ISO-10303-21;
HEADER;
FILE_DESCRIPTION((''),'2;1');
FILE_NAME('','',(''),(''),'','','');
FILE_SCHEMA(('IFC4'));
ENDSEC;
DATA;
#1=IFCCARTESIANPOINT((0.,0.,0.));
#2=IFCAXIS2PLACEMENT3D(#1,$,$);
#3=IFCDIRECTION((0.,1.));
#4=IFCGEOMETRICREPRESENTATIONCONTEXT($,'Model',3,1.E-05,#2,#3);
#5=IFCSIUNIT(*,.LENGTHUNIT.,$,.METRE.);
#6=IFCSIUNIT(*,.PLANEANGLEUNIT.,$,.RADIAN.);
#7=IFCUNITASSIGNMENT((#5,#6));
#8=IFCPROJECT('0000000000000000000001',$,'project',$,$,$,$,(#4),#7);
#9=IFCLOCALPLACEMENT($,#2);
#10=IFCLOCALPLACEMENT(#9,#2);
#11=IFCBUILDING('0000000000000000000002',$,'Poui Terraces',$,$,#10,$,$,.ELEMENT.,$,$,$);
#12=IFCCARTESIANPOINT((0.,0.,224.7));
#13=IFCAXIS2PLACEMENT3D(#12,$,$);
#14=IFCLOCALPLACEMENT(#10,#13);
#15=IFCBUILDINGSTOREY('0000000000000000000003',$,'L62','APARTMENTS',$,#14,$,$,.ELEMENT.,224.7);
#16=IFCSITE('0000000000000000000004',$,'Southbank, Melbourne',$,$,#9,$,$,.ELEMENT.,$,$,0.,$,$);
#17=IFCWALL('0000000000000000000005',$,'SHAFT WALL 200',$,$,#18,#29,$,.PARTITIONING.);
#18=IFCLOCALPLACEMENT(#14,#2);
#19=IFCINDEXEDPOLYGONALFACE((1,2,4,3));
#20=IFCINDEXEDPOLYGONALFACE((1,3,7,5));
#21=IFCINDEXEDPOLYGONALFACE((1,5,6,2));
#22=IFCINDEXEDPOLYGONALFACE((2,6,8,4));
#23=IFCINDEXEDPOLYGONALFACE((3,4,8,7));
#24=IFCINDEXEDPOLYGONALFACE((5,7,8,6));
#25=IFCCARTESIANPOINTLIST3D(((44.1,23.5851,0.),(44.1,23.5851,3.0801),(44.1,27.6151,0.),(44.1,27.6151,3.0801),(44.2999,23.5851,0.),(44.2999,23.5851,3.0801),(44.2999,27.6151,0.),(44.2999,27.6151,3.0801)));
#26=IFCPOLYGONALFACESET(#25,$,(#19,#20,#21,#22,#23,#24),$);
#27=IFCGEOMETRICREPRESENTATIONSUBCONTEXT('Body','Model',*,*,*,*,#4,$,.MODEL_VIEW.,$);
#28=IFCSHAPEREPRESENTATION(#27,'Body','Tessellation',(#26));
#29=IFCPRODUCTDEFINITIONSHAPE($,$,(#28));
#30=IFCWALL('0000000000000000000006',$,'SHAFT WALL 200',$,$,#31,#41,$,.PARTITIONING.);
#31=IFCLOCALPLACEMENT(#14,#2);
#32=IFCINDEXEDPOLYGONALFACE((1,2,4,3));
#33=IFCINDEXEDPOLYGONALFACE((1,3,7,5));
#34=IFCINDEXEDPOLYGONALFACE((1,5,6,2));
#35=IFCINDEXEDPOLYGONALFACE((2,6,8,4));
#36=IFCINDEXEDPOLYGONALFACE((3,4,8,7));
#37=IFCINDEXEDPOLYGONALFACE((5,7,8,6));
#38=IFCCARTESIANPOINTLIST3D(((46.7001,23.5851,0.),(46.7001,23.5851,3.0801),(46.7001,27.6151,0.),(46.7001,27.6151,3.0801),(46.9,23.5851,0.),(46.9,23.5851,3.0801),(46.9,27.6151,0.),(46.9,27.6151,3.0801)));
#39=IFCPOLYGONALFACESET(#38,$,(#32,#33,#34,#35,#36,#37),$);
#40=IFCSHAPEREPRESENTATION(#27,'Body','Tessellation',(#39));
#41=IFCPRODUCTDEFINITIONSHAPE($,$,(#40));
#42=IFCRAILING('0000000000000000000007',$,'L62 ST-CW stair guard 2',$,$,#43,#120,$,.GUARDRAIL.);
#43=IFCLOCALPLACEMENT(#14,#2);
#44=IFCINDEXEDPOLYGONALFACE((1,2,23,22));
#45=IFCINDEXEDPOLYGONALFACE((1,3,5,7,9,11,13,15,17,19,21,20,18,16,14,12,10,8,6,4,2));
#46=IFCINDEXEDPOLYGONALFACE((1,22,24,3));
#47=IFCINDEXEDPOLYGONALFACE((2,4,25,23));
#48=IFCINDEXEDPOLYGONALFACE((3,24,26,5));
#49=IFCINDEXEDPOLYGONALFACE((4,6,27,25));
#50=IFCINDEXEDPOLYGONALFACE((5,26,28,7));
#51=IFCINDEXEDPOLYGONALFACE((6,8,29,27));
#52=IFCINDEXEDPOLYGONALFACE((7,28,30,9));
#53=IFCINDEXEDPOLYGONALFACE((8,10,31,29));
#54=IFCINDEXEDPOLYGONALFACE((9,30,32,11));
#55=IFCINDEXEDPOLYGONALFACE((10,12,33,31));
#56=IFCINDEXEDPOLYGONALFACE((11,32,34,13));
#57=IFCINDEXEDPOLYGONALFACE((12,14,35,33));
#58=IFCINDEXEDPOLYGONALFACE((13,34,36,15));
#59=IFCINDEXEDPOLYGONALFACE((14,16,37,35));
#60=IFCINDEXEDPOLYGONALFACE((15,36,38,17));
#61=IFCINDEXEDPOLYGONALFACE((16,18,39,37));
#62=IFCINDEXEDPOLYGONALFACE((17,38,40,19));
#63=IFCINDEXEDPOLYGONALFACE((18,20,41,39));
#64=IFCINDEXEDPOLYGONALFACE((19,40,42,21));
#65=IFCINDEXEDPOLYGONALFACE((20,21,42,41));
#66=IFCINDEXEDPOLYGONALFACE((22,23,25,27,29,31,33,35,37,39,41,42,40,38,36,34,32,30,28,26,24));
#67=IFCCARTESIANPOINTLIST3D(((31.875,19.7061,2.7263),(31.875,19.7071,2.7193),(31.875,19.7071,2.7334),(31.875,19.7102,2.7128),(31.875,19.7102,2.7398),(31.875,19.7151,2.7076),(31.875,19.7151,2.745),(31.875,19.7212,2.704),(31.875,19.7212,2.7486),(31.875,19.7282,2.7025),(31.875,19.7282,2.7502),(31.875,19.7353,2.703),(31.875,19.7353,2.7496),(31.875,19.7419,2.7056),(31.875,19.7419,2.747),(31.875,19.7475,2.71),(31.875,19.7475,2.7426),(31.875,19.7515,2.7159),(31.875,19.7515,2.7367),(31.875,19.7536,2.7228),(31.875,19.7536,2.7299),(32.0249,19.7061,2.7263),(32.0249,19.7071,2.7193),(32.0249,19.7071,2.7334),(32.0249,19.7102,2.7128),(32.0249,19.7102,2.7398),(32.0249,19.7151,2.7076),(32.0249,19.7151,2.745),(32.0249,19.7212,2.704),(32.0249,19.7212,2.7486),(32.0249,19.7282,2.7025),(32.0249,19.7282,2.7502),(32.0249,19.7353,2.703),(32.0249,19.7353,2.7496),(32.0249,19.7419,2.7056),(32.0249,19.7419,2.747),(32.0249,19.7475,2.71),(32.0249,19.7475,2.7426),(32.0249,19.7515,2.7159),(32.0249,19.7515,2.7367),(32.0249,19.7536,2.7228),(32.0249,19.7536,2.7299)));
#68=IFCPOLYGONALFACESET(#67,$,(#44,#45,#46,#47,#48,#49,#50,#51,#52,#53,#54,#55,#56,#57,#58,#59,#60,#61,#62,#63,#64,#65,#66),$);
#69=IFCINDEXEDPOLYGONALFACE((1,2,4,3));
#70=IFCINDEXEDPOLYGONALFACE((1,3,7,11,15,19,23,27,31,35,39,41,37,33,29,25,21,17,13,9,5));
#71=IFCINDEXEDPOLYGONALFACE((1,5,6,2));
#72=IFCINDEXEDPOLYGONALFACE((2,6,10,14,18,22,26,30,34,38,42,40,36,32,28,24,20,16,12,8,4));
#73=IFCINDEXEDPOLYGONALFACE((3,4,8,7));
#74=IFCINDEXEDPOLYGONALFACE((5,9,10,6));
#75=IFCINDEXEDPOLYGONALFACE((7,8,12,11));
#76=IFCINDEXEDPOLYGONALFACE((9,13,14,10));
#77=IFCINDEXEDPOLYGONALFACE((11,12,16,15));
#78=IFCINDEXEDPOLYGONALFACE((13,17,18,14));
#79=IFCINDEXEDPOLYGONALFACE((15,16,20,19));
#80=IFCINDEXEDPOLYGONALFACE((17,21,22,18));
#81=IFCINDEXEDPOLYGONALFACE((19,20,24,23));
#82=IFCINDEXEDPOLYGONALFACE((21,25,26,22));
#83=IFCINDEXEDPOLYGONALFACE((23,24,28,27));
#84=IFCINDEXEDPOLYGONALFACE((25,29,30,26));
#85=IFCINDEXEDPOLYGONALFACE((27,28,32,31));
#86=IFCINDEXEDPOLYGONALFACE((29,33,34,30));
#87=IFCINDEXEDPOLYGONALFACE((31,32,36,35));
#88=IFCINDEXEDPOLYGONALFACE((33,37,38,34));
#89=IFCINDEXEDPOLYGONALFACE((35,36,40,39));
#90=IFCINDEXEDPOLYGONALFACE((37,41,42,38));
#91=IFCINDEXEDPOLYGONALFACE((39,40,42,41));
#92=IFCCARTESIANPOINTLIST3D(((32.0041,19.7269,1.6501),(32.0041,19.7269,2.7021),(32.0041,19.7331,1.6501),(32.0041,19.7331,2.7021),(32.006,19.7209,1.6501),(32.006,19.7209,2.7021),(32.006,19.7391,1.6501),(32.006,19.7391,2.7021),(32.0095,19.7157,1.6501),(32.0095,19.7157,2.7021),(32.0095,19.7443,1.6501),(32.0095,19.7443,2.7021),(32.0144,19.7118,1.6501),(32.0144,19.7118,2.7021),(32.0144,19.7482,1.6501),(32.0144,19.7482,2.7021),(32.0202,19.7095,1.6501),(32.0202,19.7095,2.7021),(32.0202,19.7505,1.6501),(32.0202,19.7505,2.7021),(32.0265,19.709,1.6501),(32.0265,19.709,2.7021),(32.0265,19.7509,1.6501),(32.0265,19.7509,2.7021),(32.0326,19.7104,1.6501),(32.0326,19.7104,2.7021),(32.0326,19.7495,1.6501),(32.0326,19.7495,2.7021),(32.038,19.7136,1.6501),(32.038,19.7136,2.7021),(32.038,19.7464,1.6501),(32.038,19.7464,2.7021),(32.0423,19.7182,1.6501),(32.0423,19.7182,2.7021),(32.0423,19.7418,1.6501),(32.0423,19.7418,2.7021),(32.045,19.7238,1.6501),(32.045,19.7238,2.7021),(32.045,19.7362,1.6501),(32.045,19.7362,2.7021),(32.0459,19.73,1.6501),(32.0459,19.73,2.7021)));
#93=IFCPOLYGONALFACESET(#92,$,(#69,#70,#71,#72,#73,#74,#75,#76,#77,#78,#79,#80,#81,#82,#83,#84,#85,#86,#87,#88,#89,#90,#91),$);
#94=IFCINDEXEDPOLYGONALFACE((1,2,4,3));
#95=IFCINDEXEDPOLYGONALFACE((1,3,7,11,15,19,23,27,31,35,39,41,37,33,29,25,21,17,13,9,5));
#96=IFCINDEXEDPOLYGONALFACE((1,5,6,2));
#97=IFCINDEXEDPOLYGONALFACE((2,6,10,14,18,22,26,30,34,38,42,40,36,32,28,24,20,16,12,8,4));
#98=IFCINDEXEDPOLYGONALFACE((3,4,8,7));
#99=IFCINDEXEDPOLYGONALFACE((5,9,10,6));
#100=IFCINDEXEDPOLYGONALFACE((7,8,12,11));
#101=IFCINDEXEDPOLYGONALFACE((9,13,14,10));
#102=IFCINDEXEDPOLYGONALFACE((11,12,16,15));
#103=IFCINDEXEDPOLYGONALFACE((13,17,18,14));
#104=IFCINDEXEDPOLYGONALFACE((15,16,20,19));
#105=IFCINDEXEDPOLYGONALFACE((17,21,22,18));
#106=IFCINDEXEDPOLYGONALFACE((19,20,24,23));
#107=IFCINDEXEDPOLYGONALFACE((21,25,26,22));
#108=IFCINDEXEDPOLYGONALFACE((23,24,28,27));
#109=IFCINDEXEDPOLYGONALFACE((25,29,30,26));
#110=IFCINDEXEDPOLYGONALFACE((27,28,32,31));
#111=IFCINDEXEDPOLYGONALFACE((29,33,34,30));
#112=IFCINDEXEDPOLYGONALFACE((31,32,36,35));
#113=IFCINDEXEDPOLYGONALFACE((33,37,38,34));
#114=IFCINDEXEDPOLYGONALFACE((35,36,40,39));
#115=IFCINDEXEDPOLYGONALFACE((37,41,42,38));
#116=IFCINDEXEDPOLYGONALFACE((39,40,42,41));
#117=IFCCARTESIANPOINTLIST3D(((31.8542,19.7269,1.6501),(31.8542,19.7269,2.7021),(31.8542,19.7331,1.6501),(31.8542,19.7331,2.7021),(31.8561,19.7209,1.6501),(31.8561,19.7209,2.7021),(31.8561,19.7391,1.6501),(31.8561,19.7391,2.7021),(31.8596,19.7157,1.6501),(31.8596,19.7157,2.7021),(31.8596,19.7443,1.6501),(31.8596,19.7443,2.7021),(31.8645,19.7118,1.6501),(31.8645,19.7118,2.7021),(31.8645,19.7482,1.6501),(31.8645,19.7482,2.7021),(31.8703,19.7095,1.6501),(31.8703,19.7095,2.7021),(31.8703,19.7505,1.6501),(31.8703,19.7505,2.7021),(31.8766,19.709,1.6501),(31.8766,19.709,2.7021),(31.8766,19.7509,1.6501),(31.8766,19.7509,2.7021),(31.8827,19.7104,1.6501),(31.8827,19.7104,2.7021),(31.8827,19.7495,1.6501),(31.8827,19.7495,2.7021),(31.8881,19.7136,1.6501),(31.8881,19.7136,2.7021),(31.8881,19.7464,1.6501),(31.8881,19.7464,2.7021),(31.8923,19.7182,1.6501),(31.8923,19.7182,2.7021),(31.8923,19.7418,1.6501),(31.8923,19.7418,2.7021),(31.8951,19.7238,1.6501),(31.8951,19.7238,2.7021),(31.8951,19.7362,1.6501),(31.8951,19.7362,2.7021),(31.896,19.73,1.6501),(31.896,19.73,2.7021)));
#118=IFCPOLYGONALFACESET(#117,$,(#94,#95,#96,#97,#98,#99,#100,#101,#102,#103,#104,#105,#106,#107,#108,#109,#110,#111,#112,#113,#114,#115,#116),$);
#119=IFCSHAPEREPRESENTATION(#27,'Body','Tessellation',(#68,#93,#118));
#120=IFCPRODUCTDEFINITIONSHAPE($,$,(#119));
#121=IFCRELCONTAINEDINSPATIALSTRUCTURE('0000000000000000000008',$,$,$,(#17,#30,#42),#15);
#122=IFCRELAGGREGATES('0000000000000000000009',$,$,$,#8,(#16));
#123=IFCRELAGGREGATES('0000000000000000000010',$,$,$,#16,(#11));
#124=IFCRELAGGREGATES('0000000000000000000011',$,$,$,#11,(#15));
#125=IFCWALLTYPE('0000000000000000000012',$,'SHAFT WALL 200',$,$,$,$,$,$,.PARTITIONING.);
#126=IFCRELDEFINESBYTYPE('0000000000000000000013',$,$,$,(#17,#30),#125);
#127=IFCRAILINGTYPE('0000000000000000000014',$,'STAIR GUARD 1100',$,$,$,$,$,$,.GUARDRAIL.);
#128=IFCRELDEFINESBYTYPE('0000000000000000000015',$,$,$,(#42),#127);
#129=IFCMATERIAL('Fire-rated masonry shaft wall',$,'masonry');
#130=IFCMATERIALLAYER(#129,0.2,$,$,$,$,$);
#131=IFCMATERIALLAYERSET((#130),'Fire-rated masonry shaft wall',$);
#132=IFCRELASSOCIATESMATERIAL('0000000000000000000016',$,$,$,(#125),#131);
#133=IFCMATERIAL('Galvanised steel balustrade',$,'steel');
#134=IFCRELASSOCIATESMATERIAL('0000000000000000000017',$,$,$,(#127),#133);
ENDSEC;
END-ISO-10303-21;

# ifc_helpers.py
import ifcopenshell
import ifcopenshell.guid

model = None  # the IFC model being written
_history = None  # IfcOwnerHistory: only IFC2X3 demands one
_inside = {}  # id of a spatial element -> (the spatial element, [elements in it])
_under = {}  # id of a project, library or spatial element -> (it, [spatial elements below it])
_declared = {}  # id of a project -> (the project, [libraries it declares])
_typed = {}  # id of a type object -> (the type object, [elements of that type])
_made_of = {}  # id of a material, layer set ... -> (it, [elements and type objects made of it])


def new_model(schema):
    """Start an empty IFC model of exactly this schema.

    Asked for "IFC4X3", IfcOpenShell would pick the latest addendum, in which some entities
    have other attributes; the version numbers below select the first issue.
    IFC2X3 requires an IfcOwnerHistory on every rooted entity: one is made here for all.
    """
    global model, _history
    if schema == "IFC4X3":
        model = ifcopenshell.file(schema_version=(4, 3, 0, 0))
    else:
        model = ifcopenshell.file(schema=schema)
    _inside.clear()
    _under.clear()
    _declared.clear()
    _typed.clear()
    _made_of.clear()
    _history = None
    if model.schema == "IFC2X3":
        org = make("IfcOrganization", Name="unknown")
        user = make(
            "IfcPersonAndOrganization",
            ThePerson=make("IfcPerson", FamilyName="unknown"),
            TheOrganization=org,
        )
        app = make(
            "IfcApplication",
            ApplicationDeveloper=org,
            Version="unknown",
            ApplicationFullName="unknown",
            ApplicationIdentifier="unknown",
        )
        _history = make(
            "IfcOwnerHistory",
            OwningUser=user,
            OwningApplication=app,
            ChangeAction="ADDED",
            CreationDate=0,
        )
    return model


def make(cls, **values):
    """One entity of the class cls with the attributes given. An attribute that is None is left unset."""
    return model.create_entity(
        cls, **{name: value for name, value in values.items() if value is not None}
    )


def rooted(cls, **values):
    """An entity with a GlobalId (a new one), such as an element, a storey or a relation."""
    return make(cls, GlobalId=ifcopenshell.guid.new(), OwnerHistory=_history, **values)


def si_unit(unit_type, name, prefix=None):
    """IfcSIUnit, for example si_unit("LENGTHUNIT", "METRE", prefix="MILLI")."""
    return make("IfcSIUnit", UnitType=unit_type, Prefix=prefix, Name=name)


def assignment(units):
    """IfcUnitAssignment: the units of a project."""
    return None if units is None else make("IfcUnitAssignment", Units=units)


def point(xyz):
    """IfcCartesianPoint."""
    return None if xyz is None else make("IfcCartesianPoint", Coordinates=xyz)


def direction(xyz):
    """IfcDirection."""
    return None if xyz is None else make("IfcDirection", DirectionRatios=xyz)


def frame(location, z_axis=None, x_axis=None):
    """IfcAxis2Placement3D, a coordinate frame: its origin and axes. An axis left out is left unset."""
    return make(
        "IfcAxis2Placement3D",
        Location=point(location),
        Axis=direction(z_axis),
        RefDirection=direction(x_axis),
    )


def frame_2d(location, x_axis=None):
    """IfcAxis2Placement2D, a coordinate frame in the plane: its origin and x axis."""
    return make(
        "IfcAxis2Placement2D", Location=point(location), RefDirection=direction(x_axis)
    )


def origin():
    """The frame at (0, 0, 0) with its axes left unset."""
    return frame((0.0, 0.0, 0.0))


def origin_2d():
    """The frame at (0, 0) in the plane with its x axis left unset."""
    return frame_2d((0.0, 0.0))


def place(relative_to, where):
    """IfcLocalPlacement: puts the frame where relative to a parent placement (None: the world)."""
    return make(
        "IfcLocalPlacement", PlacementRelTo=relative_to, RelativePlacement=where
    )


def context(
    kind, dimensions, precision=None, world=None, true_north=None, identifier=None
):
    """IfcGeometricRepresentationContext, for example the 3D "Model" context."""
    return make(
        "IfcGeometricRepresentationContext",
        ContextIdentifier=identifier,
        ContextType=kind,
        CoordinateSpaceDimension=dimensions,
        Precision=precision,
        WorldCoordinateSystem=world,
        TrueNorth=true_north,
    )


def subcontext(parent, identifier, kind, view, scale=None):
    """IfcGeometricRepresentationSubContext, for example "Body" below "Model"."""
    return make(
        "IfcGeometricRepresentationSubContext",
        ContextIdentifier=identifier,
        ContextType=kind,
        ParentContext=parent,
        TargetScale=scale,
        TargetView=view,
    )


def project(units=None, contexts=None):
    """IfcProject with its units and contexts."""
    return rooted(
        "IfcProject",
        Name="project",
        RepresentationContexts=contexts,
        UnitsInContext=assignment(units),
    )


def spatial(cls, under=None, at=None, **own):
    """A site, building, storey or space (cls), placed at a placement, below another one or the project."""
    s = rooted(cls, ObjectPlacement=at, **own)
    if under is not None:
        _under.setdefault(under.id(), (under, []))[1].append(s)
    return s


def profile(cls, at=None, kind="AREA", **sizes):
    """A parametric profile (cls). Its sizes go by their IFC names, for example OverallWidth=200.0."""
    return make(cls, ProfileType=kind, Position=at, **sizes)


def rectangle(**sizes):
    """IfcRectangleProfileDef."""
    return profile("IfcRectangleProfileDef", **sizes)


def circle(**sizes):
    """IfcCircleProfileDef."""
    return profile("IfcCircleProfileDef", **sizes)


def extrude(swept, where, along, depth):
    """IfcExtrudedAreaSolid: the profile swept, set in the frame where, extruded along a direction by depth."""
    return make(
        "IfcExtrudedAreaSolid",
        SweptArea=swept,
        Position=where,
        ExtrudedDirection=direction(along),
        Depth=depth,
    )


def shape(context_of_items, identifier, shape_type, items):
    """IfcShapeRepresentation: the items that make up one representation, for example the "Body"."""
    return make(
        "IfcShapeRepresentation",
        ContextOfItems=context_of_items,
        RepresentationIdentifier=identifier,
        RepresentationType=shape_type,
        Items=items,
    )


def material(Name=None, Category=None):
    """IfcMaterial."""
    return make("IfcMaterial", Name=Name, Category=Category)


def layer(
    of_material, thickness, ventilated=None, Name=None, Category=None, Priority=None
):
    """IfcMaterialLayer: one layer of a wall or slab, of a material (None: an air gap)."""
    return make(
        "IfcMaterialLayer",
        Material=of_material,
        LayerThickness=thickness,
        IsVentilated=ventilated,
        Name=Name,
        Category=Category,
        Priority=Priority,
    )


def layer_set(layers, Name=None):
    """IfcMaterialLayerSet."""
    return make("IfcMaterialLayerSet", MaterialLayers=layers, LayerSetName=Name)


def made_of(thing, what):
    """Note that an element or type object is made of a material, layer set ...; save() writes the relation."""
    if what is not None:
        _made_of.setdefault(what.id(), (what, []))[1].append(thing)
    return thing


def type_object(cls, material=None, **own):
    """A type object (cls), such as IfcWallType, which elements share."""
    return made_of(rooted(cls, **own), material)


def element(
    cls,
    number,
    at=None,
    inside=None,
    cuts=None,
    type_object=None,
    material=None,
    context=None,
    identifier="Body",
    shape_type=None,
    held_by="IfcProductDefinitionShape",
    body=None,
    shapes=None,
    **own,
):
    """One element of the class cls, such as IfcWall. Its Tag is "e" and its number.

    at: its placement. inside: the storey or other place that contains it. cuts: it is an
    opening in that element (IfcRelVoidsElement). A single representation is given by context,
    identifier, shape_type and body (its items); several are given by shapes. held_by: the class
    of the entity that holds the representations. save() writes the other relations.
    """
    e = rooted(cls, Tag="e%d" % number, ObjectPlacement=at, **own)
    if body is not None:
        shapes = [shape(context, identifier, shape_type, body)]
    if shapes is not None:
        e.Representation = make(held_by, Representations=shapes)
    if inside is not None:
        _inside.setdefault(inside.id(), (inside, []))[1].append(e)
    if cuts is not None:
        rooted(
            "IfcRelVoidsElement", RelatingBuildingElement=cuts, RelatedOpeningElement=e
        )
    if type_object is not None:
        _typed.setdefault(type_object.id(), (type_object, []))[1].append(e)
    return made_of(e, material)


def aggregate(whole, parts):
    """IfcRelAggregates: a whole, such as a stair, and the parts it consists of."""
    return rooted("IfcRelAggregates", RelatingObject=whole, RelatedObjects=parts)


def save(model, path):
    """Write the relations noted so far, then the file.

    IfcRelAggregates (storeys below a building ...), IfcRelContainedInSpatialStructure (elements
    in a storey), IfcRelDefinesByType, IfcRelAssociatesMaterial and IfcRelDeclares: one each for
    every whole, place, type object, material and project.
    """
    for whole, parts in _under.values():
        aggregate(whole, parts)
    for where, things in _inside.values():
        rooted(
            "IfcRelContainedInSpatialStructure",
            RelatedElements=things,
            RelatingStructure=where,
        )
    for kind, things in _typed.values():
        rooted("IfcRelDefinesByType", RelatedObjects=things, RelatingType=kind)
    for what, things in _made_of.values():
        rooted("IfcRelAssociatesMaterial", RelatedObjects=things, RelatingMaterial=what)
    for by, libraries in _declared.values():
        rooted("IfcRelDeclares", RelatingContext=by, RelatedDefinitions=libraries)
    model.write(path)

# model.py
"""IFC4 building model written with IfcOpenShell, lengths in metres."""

from ifc_helpers import new_model, si_unit, direction, frame, frame_2d, origin, origin_2d, place, context, subcontext, project, spatial, rectangle, circle, extrude, material, layer, layer_set, type_object, element, save


model = new_model("IFC4")

# Units and contexts
model_context = context("Model", 3, precision=1e-05, world=origin(), true_north=direction((0.0, 1.0)))
body_context = subcontext(model_context, "Body", "Model", "MODEL_VIEW")
ifc_project = project(units=[si_unit("LENGTHUNIT", "METRE"), si_unit("PLANEANGLEUNIT", "RADIAN")], contexts=[model_context])

# Site, building, storey
site_placement = place(None, origin())
site = spatial("IfcSite", under=ifc_project, at=site_placement, Name="Southbank, Melbourne", CompositionType="ELEMENT", RefElevation=0.0)
building_placement = place(site_placement, origin())
building = spatial("IfcBuilding", under=site, at=building_placement, Name="Poui Terraces", CompositionType="ELEMENT")
storey_placement = place(building_placement, frame((0.0, 0.0, 224.7)))
storey = spatial("IfcBuildingStorey", under=building, at=storey_placement, Name="L62", Description="APARTMENTS", CompositionType="ELEMENT", Elevation=224.7)

# Walls
ifc_material_1 = material(Name="Fire-rated masonry shaft wall", Category="masonry")
ifc_layer_1 = layer(ifc_material_1, 0.2)
ifc_layer_set_1 = layer_set([ifc_layer_1], Name="Fire-rated masonry shaft wall")
wall_type_1 = type_object("IfcWallType", Name="SHAFT WALL 200", PredefinedType="PARTITIONING", material=ifc_layer_set_1)
for number, where, z_axis, x_axis, name in (
    (1, (44.2, 23.585, 0.0), (0.0, 0.0, 1.0), (0.0, 1.0, 0.0), "SHAFT WALL 200"),
    (2, (46.8, 23.585, 0.0), (0.0, 0.0, 1.0), (0.0, 1.0, 0.0), "SHAFT WALL 200"),
):
    element("IfcWall", number, at=place(storey_placement, frame(where, z_axis=z_axis, x_axis=x_axis)), inside=storey, type_object=wall_type_1, Name=name, PredefinedType="PARTITIONING", context=body_context, shape_type="SweptSolid", body=[
        extrude(rectangle(XDim=4.03, YDim=0.2, at=frame_2d((2.0151, 0.0))), origin(), (0.0, 0.0, 1.0), 3.0801),
    ])

# Railing
ifc_material_2 = material(Name="Galvanised steel balustrade", Category="steel")
railing_type = type_object("IfcRailingType", Name="STAIR GUARD 1100", PredefinedType="GUARDRAIL", material=ifc_material_2)
railing_placement = place(storey_placement, frame((32.0249, 19.73, 1.6501)))
element("IfcRailing", 3, at=railing_placement, inside=storey, type_object=railing_type, Name="L62 ST-CW stair guard 2", PredefinedType="GUARDRAIL", context=body_context, shape_type="SweptSolid", body=[
    extrude(circle(Radius=0.0239, at=origin_2d()), frame((0.0, 0.0, 1.0762), z_axis=(-1.0, 0.0, 0.0), x_axis=(0.0, -1.0, 0.0)), (0.0, 0.0, 1.0), 0.1499),
    extrude(circle(Radius=0.021, at=origin_2d()), origin(), (0.0, 0.0, 1.0), 1.052),
    extrude(circle(Radius=0.021, at=origin_2d()), frame((-0.1499, 0.0, 0.0)), (0.0, 0.0, 1.0), 1.052),
])

save(model, "model.ifc")
